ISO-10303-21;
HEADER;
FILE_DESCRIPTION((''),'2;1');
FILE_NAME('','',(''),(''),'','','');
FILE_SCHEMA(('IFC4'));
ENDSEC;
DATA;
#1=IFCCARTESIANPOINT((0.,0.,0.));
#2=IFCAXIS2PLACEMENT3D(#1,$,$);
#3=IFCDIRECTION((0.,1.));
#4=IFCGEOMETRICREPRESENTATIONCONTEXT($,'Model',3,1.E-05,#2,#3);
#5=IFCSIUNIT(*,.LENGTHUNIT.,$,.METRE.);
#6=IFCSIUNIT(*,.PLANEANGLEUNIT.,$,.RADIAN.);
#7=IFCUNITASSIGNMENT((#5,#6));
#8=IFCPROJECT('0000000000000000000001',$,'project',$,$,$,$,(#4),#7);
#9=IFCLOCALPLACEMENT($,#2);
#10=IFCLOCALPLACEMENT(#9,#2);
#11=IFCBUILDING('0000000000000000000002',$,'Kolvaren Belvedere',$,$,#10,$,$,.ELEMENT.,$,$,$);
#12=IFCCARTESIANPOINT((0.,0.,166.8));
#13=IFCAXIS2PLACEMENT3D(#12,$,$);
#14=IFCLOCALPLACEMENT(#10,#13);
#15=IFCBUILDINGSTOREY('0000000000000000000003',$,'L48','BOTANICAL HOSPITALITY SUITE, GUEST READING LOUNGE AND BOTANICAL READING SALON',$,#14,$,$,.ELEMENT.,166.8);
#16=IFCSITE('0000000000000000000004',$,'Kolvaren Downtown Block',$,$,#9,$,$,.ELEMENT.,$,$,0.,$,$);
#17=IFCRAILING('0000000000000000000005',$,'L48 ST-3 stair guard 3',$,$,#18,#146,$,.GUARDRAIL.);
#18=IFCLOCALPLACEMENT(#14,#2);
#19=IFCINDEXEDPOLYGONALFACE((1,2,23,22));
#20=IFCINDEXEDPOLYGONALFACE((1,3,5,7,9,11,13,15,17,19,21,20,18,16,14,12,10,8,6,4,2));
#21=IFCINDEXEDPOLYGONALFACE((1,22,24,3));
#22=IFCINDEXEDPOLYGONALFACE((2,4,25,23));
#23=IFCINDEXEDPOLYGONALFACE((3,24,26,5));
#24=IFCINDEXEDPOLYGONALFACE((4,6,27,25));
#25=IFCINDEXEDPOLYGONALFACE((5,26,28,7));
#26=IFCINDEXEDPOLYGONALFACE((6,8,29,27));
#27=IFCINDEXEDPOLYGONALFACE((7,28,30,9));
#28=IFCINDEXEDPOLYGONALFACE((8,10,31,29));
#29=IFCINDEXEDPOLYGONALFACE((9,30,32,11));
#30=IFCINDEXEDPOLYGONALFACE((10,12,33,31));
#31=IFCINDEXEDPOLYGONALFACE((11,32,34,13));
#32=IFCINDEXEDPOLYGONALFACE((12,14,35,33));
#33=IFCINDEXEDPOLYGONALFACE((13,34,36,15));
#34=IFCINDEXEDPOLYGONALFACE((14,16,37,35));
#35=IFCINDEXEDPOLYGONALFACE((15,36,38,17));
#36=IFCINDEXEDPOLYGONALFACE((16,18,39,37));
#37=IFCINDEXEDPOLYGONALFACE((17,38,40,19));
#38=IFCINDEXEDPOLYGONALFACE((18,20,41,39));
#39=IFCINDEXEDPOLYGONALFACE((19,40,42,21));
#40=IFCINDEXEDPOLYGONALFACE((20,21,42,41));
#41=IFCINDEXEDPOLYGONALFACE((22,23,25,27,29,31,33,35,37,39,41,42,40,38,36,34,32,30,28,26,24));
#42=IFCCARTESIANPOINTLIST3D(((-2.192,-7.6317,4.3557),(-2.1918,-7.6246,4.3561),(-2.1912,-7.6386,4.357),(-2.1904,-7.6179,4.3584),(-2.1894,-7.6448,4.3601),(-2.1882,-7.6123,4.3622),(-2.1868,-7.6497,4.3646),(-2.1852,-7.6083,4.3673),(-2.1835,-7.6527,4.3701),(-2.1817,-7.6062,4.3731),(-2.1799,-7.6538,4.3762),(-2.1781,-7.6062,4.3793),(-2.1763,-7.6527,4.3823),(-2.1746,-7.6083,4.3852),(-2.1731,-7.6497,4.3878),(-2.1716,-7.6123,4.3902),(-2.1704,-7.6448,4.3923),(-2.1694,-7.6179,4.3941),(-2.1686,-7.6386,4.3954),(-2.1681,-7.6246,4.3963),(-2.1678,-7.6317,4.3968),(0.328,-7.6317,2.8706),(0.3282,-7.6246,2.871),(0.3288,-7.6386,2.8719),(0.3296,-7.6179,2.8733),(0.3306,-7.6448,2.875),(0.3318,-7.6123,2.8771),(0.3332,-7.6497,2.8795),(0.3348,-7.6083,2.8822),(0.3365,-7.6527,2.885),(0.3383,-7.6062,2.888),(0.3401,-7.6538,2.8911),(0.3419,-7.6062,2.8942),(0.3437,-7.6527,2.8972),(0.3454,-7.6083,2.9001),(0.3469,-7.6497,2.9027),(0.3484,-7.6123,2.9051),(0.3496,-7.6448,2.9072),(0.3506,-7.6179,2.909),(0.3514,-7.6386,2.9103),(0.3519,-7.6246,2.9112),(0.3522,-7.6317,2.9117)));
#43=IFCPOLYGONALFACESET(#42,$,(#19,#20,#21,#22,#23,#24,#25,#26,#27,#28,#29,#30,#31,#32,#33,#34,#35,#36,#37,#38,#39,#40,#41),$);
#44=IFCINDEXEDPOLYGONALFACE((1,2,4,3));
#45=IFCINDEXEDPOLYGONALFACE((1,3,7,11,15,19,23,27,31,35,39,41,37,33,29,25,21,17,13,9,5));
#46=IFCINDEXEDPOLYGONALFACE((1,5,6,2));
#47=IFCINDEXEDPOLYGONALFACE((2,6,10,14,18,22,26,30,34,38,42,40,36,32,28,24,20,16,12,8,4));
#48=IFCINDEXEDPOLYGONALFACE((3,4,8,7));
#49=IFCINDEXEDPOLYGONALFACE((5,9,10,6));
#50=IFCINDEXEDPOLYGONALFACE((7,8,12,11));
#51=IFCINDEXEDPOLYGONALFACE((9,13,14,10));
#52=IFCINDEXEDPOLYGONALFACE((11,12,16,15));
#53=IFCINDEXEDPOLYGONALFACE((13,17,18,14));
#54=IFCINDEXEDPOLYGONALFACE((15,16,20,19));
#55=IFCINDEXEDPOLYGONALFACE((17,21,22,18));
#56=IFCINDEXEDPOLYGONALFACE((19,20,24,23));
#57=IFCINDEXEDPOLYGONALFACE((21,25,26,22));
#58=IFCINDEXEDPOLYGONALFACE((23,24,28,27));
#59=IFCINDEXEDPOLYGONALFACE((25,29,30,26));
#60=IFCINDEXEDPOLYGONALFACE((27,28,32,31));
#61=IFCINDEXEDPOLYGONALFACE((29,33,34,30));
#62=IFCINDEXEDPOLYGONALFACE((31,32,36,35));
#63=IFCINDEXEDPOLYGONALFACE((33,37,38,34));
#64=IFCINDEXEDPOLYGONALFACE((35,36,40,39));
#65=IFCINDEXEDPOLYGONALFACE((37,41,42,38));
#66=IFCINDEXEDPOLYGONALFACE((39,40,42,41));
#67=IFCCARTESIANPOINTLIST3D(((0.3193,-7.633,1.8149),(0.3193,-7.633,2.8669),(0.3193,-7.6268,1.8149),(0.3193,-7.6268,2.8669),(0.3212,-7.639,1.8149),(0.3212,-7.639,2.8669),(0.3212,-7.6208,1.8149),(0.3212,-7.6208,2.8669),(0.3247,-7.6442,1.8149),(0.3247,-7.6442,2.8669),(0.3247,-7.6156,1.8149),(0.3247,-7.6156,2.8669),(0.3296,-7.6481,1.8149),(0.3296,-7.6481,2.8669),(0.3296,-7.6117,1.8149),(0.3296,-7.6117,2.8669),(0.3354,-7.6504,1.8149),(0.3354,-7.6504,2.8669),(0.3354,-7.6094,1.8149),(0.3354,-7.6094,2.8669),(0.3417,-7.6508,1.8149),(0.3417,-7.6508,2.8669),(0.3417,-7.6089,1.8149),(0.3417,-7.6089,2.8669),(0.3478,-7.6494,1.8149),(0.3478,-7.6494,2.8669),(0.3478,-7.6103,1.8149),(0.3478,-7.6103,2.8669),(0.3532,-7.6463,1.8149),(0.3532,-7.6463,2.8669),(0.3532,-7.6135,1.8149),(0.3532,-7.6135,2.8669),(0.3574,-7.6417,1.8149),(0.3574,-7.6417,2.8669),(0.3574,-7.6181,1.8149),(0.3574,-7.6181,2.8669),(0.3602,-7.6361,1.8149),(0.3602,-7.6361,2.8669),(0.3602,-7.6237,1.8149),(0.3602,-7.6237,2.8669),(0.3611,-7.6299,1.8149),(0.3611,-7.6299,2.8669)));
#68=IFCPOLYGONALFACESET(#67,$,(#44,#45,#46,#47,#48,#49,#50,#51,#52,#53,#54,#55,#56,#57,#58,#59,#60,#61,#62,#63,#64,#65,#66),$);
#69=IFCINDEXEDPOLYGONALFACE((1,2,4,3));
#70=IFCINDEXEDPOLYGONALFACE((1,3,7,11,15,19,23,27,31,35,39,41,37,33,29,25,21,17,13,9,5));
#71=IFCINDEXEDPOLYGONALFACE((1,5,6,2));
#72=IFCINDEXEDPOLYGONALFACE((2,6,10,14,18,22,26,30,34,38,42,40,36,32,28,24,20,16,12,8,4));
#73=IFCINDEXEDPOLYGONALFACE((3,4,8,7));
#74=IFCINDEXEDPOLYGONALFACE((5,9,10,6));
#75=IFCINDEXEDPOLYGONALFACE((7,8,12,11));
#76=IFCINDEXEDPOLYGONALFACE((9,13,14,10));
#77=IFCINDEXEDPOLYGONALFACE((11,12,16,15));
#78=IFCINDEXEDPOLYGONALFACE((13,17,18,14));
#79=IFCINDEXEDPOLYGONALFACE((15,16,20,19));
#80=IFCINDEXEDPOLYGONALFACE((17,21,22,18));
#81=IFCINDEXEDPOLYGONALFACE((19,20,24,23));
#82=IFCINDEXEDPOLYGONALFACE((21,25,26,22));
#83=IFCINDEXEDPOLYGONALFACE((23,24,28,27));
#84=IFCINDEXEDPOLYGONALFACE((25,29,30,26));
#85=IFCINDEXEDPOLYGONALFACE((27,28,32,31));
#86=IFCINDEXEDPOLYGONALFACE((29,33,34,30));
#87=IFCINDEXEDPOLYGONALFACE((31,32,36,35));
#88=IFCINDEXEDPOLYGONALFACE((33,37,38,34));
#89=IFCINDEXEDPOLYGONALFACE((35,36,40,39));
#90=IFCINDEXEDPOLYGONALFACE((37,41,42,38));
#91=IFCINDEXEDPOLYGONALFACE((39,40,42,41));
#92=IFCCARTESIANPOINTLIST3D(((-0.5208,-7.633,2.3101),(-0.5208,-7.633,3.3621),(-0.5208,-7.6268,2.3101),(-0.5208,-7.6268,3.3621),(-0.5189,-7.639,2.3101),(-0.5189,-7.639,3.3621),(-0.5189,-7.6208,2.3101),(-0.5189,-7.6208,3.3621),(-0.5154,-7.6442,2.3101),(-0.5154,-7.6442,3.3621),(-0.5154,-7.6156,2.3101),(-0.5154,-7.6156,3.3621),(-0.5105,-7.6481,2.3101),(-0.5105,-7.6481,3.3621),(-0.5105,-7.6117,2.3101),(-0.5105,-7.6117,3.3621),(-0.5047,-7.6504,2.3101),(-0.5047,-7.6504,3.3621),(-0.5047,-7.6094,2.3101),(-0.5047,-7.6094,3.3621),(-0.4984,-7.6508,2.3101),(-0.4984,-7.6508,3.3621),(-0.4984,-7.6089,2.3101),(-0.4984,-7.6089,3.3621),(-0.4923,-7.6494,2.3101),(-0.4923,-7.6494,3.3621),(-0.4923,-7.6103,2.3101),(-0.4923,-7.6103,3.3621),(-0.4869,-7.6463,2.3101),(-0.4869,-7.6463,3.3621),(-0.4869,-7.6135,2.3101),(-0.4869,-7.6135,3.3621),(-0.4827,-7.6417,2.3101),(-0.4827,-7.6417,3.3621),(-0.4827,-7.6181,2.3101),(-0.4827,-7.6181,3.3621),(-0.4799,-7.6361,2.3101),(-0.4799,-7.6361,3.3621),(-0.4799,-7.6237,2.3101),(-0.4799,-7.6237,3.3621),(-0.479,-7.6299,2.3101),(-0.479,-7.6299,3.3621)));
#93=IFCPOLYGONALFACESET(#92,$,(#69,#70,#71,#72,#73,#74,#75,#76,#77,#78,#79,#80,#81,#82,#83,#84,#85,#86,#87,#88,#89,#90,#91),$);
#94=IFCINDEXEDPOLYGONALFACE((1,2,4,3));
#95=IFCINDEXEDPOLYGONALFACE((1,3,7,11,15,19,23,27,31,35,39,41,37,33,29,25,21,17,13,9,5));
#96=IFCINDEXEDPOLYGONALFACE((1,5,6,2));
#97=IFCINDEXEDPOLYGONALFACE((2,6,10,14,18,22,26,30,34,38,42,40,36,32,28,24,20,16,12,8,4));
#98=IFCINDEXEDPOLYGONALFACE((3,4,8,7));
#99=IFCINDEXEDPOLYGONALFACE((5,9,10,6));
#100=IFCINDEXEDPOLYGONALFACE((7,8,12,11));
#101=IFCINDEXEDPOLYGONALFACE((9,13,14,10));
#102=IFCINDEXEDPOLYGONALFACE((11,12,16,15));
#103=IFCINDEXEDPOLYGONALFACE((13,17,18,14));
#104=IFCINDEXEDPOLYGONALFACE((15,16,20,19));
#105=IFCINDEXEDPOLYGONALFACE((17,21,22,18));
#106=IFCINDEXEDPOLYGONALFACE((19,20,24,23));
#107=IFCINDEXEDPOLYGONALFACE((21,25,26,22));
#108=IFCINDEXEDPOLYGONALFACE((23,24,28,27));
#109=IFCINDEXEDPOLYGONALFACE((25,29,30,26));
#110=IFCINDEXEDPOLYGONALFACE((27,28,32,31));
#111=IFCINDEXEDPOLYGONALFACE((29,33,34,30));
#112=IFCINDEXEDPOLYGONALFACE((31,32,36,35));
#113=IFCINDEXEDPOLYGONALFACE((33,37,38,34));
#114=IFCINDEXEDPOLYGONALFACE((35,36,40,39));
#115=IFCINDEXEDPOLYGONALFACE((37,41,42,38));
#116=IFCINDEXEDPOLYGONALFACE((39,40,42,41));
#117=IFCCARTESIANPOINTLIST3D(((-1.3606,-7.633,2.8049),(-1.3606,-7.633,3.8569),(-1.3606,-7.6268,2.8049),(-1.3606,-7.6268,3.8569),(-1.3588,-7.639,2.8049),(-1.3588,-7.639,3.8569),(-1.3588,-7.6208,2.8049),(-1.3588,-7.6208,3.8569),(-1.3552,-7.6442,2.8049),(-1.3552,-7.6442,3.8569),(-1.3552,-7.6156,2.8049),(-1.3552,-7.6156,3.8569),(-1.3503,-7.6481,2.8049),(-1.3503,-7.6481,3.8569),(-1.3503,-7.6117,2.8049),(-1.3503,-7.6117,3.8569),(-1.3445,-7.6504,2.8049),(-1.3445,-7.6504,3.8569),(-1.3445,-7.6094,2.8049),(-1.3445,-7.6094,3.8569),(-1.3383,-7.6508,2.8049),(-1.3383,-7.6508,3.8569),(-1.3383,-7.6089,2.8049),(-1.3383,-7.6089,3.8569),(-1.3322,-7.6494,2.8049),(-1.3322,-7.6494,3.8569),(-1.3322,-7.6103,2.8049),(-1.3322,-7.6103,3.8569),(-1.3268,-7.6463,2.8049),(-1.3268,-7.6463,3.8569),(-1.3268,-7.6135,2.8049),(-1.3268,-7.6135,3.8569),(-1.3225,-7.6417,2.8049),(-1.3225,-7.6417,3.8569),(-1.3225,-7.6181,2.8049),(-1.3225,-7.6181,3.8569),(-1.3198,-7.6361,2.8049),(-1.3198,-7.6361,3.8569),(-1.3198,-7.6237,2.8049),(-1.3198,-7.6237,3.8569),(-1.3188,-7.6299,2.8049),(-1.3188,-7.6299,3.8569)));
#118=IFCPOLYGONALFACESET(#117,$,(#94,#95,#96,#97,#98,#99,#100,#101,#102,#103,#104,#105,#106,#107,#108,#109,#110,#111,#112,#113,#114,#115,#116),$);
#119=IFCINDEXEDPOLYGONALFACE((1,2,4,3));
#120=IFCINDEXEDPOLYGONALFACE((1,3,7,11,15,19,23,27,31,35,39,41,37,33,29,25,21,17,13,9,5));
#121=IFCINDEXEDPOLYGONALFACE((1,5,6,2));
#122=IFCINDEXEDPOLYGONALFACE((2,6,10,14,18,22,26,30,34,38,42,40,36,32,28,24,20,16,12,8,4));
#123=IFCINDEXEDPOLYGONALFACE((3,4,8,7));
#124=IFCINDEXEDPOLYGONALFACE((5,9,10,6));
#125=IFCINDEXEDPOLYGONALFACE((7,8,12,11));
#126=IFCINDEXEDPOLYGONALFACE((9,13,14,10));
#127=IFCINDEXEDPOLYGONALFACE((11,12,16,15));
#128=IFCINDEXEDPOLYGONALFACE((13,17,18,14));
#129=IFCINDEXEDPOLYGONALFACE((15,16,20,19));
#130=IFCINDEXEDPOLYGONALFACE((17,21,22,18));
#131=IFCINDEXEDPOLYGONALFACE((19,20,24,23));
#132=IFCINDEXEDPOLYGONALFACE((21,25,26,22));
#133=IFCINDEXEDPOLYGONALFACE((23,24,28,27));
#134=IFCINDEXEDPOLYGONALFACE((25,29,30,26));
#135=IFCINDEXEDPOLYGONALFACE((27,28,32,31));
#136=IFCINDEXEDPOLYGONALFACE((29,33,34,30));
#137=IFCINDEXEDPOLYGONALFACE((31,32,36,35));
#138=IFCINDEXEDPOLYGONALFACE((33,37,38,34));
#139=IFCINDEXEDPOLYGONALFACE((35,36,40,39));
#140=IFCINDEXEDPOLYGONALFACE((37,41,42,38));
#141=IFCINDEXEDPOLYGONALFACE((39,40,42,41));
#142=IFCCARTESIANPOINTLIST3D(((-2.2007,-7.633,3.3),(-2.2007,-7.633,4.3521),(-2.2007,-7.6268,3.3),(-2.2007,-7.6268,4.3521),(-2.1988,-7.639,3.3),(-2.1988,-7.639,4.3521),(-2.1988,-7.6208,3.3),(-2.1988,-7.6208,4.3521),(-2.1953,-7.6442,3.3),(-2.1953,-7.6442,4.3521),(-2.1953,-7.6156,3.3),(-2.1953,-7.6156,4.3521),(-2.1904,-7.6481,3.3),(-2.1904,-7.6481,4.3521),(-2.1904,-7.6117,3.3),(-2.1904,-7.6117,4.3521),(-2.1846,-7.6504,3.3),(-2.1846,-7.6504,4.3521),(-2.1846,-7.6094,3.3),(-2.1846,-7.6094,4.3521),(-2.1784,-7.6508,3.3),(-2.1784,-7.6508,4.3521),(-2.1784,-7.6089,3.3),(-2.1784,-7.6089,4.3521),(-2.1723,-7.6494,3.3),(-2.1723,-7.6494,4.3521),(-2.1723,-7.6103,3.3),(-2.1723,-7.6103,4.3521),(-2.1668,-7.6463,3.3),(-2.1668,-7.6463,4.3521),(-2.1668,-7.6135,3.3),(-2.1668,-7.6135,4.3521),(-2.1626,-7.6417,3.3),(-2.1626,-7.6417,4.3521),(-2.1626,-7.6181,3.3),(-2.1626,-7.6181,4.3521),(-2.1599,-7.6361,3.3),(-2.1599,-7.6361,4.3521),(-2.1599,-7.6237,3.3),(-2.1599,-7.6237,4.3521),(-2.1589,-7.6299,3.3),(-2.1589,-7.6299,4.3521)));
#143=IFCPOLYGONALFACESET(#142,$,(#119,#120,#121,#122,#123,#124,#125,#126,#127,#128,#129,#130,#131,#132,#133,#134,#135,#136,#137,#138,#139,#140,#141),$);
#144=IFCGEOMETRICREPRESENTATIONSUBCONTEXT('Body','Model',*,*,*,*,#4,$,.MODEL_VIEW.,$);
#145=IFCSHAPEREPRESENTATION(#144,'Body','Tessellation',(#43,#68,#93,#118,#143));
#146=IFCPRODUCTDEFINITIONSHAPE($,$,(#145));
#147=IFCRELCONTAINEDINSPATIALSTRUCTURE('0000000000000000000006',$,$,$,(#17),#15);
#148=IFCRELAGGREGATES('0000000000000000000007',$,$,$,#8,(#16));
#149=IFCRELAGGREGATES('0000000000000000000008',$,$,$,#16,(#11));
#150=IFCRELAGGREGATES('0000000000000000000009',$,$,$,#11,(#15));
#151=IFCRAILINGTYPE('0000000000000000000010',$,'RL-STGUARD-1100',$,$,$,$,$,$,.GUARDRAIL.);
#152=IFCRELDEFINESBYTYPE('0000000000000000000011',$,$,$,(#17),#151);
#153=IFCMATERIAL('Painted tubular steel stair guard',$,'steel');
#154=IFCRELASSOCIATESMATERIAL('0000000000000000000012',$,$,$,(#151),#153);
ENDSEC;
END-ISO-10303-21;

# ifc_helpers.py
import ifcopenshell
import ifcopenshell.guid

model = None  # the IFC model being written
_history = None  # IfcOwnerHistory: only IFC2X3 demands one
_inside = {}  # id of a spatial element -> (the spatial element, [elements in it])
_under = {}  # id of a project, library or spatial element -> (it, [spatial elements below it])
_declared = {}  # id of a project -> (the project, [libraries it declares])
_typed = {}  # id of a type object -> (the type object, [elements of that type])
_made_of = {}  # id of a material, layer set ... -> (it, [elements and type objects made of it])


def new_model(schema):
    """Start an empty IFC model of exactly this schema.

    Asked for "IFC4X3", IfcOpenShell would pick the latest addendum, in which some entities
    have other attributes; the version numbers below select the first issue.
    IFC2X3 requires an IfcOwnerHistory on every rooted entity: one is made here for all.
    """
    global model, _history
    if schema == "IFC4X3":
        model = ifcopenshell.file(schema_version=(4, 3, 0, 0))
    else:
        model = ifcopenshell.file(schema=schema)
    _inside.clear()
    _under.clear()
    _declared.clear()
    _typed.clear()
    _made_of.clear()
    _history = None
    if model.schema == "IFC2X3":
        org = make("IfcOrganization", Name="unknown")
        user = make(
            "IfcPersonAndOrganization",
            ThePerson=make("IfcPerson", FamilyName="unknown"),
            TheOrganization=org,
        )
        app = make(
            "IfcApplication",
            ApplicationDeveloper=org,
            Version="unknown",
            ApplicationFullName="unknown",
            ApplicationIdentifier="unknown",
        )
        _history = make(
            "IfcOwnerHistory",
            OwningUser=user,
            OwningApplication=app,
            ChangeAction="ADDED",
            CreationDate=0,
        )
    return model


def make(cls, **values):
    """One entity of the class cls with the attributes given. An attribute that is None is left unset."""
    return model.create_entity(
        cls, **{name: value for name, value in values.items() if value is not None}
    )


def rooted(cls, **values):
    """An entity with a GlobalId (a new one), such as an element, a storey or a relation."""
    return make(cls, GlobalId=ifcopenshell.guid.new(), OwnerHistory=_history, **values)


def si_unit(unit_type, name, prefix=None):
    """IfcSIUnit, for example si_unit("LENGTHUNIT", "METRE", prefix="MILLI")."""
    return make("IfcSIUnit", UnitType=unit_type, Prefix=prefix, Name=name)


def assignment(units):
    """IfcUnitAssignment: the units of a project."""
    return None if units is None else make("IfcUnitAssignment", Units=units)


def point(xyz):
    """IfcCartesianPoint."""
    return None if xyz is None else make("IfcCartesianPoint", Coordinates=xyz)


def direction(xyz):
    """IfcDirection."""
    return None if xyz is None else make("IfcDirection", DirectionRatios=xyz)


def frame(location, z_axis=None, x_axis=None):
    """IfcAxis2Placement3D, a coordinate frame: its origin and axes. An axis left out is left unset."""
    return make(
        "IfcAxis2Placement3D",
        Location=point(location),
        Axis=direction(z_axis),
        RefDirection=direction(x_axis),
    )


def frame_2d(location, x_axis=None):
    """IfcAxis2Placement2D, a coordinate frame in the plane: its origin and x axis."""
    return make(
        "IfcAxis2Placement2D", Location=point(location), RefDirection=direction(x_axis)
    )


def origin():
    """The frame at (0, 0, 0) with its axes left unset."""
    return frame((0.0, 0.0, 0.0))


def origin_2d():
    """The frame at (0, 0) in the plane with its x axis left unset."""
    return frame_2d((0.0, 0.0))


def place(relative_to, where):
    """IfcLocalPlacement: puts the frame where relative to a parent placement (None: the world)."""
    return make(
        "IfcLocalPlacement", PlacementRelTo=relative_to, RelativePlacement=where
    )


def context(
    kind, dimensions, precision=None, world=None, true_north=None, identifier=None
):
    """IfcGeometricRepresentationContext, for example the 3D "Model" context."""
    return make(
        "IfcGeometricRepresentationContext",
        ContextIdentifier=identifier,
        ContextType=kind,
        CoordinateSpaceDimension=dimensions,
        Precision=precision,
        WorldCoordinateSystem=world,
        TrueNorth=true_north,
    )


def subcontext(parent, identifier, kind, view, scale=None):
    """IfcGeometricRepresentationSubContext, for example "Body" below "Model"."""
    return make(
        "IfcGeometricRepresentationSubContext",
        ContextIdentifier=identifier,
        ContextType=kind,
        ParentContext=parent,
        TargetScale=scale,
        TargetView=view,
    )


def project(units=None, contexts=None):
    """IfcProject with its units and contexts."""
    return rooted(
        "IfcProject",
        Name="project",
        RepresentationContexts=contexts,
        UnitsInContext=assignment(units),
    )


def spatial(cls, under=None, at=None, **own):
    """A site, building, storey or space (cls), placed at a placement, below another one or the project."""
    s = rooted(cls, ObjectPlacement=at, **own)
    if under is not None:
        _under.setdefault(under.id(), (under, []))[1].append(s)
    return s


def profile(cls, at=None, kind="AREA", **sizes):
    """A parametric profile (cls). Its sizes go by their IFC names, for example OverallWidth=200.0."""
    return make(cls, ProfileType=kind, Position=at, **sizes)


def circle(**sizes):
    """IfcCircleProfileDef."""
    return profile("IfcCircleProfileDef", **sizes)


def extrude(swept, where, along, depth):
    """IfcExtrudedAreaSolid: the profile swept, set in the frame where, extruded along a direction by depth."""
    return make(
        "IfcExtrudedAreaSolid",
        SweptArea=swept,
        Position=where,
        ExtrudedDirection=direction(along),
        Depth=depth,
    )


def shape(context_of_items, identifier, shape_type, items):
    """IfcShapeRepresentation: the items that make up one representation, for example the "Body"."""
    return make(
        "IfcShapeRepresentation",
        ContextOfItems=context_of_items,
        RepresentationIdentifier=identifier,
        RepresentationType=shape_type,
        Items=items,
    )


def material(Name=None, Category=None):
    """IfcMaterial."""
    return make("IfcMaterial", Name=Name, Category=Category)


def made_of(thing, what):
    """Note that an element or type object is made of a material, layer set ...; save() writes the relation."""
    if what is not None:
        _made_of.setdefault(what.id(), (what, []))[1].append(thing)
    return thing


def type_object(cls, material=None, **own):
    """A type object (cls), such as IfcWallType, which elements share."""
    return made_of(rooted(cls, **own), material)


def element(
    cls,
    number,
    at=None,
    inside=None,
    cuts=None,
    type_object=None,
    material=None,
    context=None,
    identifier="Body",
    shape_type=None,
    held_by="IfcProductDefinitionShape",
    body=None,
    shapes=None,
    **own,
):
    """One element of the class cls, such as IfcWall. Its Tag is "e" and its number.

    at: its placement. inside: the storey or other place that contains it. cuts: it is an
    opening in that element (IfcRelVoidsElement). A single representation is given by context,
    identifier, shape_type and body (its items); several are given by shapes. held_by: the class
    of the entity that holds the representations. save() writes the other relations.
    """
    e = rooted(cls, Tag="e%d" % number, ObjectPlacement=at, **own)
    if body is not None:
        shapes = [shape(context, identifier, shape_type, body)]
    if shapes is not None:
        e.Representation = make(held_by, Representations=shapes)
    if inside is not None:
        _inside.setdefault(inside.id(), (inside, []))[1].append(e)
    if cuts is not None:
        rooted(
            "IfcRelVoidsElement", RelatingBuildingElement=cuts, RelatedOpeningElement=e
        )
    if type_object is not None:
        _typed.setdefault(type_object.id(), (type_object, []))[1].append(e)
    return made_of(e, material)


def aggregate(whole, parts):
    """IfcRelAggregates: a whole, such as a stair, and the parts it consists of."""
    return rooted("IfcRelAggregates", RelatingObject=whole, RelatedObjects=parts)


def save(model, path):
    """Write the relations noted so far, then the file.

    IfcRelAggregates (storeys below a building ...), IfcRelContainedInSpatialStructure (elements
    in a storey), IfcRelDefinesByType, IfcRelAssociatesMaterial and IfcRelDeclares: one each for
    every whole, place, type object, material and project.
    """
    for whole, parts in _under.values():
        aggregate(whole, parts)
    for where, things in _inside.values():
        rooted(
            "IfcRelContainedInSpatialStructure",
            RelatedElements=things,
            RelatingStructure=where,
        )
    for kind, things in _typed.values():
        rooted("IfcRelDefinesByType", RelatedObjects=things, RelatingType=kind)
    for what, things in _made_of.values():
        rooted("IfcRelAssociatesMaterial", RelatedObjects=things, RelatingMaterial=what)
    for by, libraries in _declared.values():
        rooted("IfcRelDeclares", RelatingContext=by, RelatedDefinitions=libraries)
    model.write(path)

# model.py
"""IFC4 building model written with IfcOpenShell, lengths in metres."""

from ifc_helpers import new_model, si_unit, direction, frame, origin, origin_2d, place, context, subcontext, project, spatial, circle, extrude, material, type_object, element, save


model = new_model("IFC4")

# Units and contexts
model_context = context("Model", 3, precision=1e-05, world=origin(), true_north=direction((0.0, 1.0)))
body_context = subcontext(model_context, "Body", "Model", "MODEL_VIEW")
ifc_project = project(units=[si_unit("LENGTHUNIT", "METRE"), si_unit("PLANEANGLEUNIT", "RADIAN")], contexts=[model_context])

# Site, building, storey
site_placement = place(None, origin())
site = spatial("IfcSite", under=ifc_project, at=site_placement, Name="Kolvaren Downtown Block", CompositionType="ELEMENT", RefElevation=0.0)
building_placement = place(site_placement, origin())
building = spatial("IfcBuilding", under=site, at=building_placement, Name="Kolvaren Belvedere", CompositionType="ELEMENT")
storey_placement = place(building_placement, frame((0.0, 0.0, 166.8)))
storey = spatial("IfcBuildingStorey", under=building, at=storey_placement, Name="L48", Description="BOTANICAL HOSPITALITY SUITE, GUEST READING LOUNGE AND BOTANICAL READING SALON", CompositionType="ELEMENT", Elevation=166.8)

# Railing
ifc_material_1 = material(Name="Painted tubular steel stair guard", Category="steel")
railing_type_1 = type_object("IfcRailingType", Name="RL-STGUARD-1100", PredefinedType="GUARDRAIL", material=ifc_material_1)
railing_1_placement = place(storey_placement, frame((0.3401, -7.6299, 1.8149)))
element("IfcRailing", 1, at=railing_1_placement, inside=storey, type_object=railing_type_1, Name="L48 ST-3 stair guard 3", PredefinedType="GUARDRAIL", context=body_context, shape_type="SweptSolid", body=[
    extrude(circle(Radius=0.0239, at=origin_2d()), frame((0.0, 0.0, 1.0762), z_axis=(-0.861524, 0.0, 0.507717), x_axis=(0.0, -1.0, 0.0)), (0.0, 0.0, 1.0), 2.925),
    extrude(circle(Radius=0.021, at=origin_2d()), origin(), (0.0, 0.0, 1.0), 1.052),
    extrude(circle(Radius=0.021, at=origin_2d()), frame((-0.8401, 0.0, 0.4951)), (0.0, 0.0, 1.0), 1.052),
    extrude(circle(Radius=0.021, at=origin_2d()), frame((-1.6799, 0.0, 0.99)), (0.0, 0.0, 1.0), 1.052),
    extrude(circle(Radius=0.021, at=origin_2d()), frame((-2.52, 0.0, 1.4851)), (0.0, 0.0, 1.0), 1.052),
])

save(model, "model.ifc")
